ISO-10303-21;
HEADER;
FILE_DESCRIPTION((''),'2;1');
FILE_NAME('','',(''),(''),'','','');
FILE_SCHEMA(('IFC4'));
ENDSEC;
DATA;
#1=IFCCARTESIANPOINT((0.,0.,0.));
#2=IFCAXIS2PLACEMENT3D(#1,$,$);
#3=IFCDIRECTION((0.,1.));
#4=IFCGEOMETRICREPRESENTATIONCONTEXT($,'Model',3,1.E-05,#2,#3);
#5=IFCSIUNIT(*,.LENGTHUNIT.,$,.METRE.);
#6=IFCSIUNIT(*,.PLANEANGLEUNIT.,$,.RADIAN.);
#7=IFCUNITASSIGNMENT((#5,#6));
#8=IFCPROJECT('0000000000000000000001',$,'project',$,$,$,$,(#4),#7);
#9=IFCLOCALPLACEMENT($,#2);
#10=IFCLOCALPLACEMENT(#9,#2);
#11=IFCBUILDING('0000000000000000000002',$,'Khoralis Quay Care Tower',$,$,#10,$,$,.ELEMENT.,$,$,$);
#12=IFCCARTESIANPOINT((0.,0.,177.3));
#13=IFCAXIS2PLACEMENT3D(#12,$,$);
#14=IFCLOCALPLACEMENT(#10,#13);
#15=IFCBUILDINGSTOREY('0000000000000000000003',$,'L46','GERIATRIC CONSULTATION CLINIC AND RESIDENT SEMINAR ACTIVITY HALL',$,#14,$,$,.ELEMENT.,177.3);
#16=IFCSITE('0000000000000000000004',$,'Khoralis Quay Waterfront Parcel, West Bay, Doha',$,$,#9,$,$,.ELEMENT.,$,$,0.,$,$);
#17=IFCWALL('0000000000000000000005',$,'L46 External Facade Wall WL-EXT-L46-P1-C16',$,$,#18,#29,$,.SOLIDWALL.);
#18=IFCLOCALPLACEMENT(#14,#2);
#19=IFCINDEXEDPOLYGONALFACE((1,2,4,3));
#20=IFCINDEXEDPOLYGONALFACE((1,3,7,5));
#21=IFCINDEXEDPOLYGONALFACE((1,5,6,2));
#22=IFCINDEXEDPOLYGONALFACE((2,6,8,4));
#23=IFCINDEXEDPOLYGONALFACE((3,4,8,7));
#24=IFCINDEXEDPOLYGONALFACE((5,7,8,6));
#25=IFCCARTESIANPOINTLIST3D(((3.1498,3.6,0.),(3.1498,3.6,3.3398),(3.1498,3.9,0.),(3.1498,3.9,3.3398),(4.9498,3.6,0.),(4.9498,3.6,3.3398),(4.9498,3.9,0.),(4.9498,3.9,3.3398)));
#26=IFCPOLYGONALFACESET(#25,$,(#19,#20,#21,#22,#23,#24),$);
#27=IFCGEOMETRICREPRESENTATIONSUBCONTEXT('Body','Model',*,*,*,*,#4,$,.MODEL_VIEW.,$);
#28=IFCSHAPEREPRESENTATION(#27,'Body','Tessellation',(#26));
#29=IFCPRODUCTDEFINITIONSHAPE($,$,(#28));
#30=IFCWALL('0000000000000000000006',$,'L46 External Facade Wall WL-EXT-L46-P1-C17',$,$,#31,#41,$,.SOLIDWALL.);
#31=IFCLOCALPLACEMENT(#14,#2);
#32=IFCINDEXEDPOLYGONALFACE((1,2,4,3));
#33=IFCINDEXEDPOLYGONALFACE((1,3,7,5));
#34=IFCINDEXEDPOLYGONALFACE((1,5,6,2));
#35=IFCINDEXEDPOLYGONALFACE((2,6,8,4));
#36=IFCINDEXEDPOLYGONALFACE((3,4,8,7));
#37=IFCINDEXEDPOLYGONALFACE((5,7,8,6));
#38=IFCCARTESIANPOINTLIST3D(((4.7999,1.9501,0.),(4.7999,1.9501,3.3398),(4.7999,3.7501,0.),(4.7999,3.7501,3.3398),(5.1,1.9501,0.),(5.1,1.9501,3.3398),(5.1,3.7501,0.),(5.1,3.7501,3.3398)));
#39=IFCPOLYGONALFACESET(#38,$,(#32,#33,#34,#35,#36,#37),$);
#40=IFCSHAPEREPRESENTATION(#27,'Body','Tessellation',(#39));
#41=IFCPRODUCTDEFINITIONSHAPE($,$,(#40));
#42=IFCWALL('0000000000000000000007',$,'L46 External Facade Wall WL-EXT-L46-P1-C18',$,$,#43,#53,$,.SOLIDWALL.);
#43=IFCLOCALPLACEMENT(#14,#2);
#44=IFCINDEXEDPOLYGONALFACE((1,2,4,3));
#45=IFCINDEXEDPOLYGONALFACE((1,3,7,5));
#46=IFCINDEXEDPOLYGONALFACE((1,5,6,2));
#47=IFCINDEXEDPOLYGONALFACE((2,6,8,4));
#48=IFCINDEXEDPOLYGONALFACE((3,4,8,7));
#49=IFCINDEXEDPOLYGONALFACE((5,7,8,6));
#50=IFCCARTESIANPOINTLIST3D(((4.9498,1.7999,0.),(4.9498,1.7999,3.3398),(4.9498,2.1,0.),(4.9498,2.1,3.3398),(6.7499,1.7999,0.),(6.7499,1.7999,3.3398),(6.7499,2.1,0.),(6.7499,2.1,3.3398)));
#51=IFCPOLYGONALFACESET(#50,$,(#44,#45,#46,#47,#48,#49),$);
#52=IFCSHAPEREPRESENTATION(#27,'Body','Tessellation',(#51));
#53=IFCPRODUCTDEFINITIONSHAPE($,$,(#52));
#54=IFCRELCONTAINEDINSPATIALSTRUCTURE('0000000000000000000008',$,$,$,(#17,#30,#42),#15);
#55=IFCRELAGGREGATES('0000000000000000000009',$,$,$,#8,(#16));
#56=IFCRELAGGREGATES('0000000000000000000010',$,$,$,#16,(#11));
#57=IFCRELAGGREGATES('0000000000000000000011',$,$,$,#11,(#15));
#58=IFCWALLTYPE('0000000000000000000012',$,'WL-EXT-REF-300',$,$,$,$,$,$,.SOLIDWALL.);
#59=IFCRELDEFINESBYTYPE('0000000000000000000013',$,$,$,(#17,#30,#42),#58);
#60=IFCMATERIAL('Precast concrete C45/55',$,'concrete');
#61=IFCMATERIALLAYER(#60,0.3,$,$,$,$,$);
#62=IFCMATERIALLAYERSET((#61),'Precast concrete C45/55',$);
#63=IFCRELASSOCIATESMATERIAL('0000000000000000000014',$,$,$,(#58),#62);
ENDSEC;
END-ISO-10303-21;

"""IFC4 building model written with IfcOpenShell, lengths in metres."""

from ifc_helpers import new_model, si_unit, direction, frame, frame_2d, origin, place, context, subcontext, project, spatial, rectangle, extrude, material, layer, layer_set, type_object, element, save


model = new_model("IFC4")

# Units and contexts
model_context = context("Model", 3, precision=1e-05, world=origin(), true_north=direction((0.0, 1.0)))
body_context = subcontext(model_context, "Body", "Model", "MODEL_VIEW")
ifc_project = project(units=[si_unit("LENGTHUNIT", "METRE"), si_unit("PLANEANGLEUNIT", "RADIAN")], contexts=[model_context])

# Site, building, storey
site_placement = place(None, origin())
site = spatial("IfcSite", under=ifc_project, at=site_placement, Name="Khoralis Quay Waterfront Parcel, West Bay, Doha", CompositionType="ELEMENT", RefElevation=0.0)
building_placement = place(site_placement, origin())
building = spatial("IfcBuilding", under=site, at=building_placement, Name="Khoralis Quay Care Tower", CompositionType="ELEMENT")
storey_placement = place(building_placement, frame((0.0, 0.0, 177.3)))
storey = spatial("IfcBuildingStorey", under=building, at=storey_placement, Name="L46", Description="GERIATRIC CONSULTATION CLINIC AND RESIDENT SEMINAR ACTIVITY HALL", CompositionType="ELEMENT", Elevation=177.3)

# Shared definitions
ifc_material_1 = material(Name="Precast concrete C45/55", Category="concrete")

# Walls
ifc_layer_1 = layer(ifc_material_1, 0.3)
ifc_layer_set_1 = layer_set([ifc_layer_1], Name="Precast concrete C45/55")
wall_type_1 = type_object("IfcWallType", Name="WL-EXT-REF-300", PredefinedType="SOLIDWALL", material=ifc_layer_set_1)
for number, where, z_axis, x_axis, name in (
    (1, (3.1499, 3.75, 0.0), (0.0, 0.0, 1.0), (1.0, 0.0, 0.0), "L46 External Facade Wall WL-EXT-L46-P1-C16"),
    (2, (4.95, 3.75, 0.0), (0.0, 0.0, 1.0), (0.0, -1.0, 0.0), "L46 External Facade Wall WL-EXT-L46-P1-C17"),
    (3, (4.95, 1.95, 0.0), (0.0, 0.0, 1.0), (1.0, 0.0, 0.0), "L46 External Facade Wall WL-EXT-L46-P1-C18"),
):
    element("IfcWall", number, at=place(storey_placement, frame(where, z_axis=z_axis, x_axis=x_axis)), inside=storey, type_object=wall_type_1, Name=name, PredefinedType="SOLIDWALL", context=body_context, shape_type="SweptSolid", body=[
        extrude(rectangle(XDim=1.8, YDim=0.3, at=frame_2d((0.8999, 0.0))), origin(), (0.0, 0.0, 1.0), 3.3398),
    ])

save(model, "model.ifc")
